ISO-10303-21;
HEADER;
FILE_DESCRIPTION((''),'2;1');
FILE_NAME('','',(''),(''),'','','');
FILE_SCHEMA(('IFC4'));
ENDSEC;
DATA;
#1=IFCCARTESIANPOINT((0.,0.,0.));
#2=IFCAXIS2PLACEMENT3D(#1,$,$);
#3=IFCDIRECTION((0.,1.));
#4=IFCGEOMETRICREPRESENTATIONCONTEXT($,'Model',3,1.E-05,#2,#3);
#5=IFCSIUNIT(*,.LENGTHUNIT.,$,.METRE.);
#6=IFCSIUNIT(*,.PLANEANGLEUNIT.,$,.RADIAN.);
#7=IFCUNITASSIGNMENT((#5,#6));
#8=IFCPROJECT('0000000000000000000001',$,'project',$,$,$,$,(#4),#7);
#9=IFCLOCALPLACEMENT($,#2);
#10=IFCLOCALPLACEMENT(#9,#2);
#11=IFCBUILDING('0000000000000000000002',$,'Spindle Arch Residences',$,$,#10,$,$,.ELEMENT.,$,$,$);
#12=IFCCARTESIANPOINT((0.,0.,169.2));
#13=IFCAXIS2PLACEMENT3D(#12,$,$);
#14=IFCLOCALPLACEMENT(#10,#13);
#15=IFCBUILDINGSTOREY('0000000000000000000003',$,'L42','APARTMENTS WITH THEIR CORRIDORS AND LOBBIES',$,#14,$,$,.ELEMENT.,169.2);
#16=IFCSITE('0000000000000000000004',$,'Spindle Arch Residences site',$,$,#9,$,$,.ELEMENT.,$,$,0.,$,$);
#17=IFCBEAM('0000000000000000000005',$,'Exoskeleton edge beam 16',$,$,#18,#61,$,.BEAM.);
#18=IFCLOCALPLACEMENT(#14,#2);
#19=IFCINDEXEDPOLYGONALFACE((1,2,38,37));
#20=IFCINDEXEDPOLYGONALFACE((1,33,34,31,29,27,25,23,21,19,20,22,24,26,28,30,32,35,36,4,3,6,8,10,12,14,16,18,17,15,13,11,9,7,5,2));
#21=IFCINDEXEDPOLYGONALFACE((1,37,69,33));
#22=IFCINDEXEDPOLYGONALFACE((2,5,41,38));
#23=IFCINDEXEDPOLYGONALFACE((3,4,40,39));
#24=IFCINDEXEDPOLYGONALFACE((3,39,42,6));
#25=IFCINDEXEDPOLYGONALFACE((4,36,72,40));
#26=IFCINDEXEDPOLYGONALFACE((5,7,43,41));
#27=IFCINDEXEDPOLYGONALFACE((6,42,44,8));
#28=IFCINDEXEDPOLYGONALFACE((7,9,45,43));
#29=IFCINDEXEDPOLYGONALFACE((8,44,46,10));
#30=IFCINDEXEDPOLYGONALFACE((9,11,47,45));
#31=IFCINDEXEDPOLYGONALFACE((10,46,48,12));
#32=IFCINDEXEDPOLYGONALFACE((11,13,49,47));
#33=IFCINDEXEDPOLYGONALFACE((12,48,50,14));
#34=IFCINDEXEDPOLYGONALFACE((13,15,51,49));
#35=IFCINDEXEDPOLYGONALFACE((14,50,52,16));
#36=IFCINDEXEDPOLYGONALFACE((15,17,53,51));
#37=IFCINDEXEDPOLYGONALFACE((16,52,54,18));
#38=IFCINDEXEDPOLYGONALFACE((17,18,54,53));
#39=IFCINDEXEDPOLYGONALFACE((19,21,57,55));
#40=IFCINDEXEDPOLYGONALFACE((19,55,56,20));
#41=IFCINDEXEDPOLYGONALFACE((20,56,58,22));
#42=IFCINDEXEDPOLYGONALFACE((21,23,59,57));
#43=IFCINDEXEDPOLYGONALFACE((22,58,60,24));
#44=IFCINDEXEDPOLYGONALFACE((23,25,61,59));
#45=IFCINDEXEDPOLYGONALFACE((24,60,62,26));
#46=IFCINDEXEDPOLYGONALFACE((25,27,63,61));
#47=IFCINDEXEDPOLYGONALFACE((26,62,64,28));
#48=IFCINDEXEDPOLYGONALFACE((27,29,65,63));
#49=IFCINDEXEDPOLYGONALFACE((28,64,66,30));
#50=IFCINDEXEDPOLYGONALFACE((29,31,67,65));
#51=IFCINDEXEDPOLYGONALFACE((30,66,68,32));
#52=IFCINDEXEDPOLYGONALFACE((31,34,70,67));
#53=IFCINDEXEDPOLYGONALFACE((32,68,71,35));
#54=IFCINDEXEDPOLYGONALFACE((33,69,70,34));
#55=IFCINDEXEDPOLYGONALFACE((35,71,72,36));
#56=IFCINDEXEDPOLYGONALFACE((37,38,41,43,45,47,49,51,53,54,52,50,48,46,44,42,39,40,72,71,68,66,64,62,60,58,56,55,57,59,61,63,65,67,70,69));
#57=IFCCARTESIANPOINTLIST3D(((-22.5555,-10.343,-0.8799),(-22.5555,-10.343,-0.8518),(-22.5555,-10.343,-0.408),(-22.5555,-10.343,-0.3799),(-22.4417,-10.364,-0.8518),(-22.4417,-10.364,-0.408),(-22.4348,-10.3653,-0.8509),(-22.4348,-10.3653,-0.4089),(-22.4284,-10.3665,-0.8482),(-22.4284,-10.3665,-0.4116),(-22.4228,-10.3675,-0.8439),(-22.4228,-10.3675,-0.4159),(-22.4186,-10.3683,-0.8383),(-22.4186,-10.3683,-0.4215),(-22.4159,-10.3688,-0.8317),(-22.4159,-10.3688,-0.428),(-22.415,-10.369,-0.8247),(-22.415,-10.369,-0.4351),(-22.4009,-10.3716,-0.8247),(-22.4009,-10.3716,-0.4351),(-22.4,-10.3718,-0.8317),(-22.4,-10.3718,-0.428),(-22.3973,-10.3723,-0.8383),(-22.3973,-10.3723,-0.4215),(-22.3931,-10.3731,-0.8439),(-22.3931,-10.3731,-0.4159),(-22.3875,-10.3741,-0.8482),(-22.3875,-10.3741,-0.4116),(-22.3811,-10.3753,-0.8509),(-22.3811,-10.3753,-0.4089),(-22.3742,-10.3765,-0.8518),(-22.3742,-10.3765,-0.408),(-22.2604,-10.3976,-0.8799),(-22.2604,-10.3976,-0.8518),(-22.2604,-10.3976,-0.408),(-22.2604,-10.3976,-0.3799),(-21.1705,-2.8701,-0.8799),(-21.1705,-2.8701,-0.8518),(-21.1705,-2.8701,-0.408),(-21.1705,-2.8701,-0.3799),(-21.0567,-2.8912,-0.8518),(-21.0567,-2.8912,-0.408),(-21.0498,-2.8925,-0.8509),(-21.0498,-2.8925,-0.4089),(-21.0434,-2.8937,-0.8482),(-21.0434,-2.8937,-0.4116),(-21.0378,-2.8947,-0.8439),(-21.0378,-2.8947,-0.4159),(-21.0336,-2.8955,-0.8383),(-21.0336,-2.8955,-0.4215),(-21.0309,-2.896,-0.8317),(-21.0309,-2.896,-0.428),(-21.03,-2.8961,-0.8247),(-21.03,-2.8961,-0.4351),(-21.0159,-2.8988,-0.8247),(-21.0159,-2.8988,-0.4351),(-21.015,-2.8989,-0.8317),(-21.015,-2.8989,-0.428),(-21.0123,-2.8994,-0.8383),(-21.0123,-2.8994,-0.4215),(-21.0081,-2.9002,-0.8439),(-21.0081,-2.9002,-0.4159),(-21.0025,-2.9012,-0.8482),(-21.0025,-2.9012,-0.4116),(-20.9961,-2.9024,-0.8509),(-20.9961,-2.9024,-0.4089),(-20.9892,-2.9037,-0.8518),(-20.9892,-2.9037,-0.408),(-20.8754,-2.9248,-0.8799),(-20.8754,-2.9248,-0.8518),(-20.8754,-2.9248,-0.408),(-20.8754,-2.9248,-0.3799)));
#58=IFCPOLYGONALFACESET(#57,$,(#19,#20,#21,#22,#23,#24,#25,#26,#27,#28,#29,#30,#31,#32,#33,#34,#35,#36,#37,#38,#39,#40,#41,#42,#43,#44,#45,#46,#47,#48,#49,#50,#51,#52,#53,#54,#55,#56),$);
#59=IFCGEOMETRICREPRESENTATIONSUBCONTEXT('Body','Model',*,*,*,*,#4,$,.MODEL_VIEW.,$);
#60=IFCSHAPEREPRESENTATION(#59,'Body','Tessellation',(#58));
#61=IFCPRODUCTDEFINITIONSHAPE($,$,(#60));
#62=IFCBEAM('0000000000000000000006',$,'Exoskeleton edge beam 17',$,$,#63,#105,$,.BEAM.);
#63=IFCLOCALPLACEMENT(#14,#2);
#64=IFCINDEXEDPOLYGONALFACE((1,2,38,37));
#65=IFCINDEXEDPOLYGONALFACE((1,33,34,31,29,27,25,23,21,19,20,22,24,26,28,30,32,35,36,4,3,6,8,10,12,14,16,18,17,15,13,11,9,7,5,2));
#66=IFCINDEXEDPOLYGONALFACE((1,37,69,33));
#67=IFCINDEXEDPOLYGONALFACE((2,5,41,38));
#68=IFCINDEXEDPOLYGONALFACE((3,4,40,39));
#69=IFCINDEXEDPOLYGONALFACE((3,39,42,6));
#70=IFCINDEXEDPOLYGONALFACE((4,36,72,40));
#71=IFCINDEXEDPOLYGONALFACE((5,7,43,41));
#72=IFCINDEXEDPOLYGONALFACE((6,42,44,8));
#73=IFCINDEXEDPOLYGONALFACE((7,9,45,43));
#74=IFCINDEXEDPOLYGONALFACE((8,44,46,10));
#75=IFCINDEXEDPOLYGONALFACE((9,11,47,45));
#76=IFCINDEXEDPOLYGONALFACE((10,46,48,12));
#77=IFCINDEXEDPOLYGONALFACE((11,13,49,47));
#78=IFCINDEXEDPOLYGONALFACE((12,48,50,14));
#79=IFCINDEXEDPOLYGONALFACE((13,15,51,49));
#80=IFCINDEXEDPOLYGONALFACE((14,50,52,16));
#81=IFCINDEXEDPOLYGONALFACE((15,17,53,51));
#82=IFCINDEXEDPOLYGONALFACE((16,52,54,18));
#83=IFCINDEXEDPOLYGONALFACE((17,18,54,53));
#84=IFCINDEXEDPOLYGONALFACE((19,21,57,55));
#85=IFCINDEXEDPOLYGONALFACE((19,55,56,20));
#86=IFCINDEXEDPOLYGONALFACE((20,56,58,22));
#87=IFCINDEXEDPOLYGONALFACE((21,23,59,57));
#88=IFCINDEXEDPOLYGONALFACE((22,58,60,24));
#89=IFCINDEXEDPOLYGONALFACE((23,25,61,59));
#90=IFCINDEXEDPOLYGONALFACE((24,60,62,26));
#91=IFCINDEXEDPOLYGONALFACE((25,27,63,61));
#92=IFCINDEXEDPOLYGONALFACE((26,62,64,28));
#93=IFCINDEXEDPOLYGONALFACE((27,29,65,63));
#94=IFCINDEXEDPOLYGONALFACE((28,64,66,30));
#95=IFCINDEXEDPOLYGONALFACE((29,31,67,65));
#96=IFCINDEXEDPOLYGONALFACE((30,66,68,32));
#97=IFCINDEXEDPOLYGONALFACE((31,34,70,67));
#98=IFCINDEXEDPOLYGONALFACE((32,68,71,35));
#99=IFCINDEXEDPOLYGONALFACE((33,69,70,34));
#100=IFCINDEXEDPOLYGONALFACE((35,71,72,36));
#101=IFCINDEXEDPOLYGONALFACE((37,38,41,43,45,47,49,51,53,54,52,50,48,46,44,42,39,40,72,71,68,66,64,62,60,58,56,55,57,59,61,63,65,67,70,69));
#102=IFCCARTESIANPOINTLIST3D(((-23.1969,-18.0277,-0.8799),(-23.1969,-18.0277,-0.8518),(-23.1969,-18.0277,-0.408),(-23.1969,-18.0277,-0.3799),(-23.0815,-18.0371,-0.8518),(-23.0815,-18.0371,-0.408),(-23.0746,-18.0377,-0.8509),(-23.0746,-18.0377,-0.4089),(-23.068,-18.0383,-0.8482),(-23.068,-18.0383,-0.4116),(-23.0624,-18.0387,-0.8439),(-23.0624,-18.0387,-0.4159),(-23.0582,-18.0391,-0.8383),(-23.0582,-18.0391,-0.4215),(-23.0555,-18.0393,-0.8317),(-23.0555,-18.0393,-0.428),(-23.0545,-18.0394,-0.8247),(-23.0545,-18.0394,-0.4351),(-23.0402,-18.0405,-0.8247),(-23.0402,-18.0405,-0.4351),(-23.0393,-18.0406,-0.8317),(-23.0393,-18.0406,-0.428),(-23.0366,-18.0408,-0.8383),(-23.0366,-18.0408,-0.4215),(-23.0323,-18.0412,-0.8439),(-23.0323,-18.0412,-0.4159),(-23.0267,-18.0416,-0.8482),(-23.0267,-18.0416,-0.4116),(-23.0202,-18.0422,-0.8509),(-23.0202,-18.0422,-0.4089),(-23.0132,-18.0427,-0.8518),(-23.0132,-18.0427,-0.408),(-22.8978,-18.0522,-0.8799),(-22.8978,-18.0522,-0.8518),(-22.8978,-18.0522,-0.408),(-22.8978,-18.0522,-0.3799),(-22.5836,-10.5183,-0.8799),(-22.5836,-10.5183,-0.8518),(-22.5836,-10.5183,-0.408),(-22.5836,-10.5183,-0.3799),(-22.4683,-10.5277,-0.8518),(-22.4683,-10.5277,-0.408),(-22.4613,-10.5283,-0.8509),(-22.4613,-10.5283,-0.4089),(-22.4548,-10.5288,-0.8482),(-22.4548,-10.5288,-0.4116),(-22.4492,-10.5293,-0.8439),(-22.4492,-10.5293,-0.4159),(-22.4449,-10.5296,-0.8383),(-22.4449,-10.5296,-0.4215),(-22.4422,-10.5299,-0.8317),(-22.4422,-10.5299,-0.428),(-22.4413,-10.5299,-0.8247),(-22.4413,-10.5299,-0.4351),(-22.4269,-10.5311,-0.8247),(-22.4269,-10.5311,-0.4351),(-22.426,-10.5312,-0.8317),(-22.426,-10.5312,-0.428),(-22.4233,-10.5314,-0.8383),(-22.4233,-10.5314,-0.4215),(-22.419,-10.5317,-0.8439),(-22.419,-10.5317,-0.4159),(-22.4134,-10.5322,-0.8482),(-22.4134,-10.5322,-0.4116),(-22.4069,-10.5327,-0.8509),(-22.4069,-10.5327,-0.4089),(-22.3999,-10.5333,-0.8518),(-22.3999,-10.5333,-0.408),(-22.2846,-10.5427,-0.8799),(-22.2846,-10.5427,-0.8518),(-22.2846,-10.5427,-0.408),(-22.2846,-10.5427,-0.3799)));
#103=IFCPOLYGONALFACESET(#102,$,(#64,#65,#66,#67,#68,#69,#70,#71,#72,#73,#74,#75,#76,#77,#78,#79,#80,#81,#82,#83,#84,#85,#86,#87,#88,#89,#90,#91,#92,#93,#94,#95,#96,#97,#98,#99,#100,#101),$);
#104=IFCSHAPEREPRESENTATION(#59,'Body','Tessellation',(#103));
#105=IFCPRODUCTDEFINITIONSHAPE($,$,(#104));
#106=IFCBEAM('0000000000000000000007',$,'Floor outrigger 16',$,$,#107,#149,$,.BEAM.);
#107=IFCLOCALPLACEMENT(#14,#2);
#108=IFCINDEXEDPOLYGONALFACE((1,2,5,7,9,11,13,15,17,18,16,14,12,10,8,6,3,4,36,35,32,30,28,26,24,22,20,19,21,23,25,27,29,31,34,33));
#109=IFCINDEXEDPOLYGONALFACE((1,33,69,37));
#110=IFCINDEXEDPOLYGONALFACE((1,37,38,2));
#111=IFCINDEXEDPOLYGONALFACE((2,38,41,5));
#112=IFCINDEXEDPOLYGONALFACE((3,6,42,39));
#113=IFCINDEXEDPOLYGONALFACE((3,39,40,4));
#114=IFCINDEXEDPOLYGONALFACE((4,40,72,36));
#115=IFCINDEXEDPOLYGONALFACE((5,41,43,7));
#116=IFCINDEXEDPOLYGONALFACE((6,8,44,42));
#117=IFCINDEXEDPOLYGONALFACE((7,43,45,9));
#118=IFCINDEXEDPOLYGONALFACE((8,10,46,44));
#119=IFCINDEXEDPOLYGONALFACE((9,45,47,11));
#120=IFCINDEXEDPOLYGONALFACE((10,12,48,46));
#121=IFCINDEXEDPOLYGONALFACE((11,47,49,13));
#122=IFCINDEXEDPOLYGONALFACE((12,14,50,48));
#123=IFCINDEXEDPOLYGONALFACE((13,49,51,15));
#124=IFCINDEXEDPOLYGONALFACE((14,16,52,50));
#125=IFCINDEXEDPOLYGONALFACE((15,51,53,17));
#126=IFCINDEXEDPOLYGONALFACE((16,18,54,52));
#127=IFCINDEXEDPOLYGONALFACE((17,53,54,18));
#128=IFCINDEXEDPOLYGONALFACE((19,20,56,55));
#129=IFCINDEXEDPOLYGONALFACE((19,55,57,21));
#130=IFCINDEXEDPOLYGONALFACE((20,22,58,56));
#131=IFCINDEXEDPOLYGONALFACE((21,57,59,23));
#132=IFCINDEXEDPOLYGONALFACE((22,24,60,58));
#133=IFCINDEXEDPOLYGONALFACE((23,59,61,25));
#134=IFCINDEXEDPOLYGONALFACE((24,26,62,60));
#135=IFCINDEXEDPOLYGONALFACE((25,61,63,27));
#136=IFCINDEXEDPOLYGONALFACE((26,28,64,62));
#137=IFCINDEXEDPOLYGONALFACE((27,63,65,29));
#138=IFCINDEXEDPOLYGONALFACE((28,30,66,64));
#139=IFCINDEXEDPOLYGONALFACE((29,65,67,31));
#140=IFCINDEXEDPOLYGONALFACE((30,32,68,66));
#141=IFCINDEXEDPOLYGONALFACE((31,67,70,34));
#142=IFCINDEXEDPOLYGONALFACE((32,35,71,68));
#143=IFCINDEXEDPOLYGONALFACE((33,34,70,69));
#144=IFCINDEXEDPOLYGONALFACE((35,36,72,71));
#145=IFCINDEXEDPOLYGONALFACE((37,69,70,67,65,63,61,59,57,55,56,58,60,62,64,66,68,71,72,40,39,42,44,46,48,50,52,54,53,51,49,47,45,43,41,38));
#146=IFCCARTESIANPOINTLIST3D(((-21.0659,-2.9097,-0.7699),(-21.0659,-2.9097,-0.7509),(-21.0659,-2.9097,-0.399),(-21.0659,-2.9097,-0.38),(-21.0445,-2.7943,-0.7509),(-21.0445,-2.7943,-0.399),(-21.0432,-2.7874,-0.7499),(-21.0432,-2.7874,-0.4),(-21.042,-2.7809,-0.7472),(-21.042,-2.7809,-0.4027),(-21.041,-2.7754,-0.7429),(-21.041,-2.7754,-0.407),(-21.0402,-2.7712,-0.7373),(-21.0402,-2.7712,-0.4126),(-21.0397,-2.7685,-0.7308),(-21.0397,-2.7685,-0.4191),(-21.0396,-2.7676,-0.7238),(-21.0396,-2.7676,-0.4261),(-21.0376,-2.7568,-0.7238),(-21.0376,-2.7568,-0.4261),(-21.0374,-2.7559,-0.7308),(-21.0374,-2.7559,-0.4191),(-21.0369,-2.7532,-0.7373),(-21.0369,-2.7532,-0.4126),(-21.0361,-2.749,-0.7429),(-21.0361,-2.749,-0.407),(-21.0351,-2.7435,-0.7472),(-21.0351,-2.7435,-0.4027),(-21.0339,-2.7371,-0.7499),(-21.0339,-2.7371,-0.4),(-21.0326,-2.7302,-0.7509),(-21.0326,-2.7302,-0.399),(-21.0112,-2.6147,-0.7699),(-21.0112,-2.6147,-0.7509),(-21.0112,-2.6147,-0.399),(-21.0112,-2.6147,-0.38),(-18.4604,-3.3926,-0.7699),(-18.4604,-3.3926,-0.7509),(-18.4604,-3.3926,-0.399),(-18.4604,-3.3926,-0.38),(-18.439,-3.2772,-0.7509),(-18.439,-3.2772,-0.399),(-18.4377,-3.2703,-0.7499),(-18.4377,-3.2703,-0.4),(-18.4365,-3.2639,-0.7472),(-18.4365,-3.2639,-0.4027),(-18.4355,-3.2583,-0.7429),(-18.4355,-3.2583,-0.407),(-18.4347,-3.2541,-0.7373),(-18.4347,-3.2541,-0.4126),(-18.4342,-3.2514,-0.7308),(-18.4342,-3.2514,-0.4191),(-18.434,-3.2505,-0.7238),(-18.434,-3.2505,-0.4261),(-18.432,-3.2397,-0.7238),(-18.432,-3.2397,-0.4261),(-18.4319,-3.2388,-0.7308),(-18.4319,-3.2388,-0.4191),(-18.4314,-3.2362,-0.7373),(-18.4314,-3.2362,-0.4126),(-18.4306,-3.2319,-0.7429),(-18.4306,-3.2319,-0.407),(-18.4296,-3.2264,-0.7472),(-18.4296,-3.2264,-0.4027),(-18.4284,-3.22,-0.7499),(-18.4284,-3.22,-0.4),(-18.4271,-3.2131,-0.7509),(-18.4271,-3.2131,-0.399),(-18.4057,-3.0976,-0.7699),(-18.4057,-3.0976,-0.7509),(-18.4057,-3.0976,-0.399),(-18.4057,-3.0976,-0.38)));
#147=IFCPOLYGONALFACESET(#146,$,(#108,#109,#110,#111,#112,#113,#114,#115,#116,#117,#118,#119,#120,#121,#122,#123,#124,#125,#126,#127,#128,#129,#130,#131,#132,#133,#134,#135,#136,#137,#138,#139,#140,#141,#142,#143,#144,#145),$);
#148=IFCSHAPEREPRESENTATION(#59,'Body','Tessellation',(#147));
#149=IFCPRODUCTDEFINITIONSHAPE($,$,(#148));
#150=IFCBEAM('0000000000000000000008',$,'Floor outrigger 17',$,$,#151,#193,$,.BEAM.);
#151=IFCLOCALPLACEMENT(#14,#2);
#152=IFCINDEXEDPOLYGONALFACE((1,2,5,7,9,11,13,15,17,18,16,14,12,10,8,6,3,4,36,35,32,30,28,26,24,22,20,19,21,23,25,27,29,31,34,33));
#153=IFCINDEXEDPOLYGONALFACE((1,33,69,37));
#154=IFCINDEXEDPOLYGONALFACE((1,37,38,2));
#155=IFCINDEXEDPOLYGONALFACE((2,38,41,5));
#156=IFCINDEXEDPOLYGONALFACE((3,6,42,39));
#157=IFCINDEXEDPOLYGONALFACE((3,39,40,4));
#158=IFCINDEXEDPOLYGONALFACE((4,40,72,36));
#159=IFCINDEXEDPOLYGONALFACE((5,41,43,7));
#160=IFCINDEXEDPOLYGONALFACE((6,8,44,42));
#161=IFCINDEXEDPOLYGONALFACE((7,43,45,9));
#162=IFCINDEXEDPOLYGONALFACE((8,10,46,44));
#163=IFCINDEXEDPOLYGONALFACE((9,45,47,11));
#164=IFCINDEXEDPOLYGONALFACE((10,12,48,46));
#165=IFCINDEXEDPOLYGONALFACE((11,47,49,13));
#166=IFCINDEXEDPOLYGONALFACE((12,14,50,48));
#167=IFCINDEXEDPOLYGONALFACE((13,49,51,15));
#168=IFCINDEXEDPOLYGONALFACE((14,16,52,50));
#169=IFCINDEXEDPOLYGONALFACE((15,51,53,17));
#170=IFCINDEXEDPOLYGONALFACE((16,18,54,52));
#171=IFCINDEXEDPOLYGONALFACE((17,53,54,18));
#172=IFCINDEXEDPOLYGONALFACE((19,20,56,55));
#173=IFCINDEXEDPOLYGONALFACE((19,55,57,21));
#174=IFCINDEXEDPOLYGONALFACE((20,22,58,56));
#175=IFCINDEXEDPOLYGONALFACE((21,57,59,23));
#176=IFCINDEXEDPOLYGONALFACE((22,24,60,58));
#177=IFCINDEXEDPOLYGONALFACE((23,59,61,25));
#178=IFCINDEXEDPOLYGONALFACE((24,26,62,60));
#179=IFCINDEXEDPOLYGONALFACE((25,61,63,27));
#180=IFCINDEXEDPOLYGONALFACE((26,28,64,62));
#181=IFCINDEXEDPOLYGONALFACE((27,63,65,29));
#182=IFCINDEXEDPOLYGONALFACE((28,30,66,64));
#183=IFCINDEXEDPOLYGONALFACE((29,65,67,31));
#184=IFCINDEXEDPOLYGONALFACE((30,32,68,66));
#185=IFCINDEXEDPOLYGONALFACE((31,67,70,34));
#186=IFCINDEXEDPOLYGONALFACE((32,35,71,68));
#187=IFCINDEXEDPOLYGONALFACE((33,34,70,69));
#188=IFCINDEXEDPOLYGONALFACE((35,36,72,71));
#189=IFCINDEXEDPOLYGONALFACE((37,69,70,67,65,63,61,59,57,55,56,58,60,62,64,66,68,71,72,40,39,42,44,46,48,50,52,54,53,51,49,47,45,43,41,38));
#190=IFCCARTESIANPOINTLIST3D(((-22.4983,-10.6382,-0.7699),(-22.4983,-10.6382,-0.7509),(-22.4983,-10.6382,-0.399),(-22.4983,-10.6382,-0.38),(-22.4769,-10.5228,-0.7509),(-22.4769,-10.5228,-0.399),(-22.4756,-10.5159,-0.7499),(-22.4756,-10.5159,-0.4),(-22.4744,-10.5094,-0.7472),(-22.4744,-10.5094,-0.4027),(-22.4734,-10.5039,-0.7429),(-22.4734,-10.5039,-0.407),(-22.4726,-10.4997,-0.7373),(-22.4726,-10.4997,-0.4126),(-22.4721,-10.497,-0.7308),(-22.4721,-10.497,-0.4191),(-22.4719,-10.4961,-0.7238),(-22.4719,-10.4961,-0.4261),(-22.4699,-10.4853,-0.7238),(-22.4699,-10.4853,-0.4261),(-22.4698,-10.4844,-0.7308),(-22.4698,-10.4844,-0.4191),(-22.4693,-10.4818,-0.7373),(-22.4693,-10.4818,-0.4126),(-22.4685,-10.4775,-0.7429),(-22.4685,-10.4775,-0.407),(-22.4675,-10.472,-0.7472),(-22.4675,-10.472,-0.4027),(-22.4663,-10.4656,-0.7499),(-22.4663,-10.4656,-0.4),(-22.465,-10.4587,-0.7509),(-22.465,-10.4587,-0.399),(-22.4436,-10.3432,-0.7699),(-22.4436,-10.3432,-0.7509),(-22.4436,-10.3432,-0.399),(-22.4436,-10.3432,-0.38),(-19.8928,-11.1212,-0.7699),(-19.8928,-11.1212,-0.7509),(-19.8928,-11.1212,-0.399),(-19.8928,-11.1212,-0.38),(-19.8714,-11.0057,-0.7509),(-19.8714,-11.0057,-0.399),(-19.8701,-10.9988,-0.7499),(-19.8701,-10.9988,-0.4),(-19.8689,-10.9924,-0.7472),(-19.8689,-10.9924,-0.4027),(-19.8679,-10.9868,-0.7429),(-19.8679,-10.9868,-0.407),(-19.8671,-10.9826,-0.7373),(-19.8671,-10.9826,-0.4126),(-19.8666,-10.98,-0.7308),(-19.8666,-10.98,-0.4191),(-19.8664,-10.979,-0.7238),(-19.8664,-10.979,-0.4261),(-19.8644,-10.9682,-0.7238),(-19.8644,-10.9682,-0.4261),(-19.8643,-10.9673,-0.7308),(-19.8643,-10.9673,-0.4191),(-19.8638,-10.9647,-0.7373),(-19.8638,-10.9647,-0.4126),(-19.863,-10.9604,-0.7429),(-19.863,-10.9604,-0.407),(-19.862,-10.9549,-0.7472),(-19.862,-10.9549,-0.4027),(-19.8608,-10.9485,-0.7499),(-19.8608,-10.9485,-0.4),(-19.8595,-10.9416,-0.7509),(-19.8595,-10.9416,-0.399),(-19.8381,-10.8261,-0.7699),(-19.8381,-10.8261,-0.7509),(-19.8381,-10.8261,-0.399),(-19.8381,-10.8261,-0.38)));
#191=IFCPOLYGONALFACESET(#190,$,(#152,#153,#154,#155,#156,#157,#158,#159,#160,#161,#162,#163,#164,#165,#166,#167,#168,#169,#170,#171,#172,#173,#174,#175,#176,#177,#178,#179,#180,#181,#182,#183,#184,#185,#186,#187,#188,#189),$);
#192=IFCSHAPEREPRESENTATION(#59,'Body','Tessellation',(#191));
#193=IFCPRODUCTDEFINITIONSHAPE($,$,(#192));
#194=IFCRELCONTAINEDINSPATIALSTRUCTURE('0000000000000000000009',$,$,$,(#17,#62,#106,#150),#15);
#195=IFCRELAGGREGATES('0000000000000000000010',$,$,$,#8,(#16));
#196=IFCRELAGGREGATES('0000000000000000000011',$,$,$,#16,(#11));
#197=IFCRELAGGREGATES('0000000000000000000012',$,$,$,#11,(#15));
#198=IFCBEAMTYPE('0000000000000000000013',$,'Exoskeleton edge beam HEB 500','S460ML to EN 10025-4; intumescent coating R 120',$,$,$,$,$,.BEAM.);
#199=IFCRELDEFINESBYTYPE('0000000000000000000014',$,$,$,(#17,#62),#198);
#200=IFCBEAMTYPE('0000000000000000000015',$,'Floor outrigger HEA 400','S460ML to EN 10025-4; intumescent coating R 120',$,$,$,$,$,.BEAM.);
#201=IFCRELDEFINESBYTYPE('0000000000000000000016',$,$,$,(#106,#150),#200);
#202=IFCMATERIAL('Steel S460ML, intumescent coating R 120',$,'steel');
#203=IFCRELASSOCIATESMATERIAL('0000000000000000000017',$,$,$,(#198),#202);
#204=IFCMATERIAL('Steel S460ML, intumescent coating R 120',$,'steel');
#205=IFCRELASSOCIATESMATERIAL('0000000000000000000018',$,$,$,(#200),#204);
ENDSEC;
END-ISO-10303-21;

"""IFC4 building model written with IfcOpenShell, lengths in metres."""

from ifc_helpers import new_model, si_unit, direction, frame, origin, origin_2d, place, context, subcontext, project, spatial, i_section, extrude, material, material_profile, profile_set, type_object, element, save


model = new_model("IFC4")

# Units and contexts
model_context = context("Model", 3, precision=1e-05, world=origin(), true_north=direction((0.0, 1.0)))
body_context = subcontext(model_context, "Body", "Model", "MODEL_VIEW")
ifc_project = project(units=[si_unit("LENGTHUNIT", "METRE"), si_unit("PLANEANGLEUNIT", "RADIAN")], contexts=[model_context])

# Site, building, storey
site_placement = place(None, origin())
site = spatial("IfcSite", under=ifc_project, at=site_placement, Name="Spindle Arch Residences site", CompositionType="ELEMENT", RefElevation=0.0)
building_placement = place(site_placement, origin())
building = spatial("IfcBuilding", under=site, at=building_placement, Name="Spindle Arch Residences", CompositionType="ELEMENT")
storey_placement = place(building_placement, frame((0.0, 0.0, 169.2)))
storey = spatial("IfcBuildingStorey", under=building, at=storey_placement, Name="L42", Description="APARTMENTS WITH THEIR CORRIDORS AND LOBBIES", CompositionType="ELEMENT", Elevation=169.2)

# Beams
ifc_material_1 = material(Name="Steel S460ML, intumescent coating R 120", Category="steel")
ifc_material_profile_1 = material_profile(ifc_material_1, i_section(OverallWidth=0.3, OverallDepth=0.5, WebThickness=0.0144, FlangeThickness=0.0281, FilletRadius=0.0271, at=origin_2d()), Name="HEB 500")
ifc_profile_set_1 = profile_set([ifc_material_profile_1], Name="Steel S460ML, intumescent coating R 120")
beam_type_1 = type_object("IfcBeamType", Name="Exoskeleton edge beam HEB 500", Description="S460ML to EN 10025-4; intumescent coating R 120", PredefinedType="BEAM", material=ifc_profile_set_1)
beam_1_placement = place(storey_placement, frame((-21.0229, -2.8975, -0.6299), z_axis=(-0.182234, -0.983255, 0.0), x_axis=(0.983255, -0.182234, 0.0)))
element("IfcBeam", 1, at=beam_1_placement, inside=storey, type_object=beam_type_1, Name="Exoskeleton edge beam 16", PredefinedType="BEAM", context=body_context, shape_type="SweptSolid", body=[
    extrude(i_section(OverallWidth=0.3, OverallDepth=0.5, WebThickness=0.0144, FlangeThickness=0.0281, FilletRadius=0.0271, at=origin_2d()), origin(), (0.0, 0.0, 1.0), 7.6001),
])
beam_2_placement = place(storey_placement, frame((-22.4341, -10.5305, -0.6299), z_axis=(-0.081396, -0.996682, 0.0), x_axis=(0.996682, -0.081396, 0.0)))
element("IfcBeam", 2, at=beam_2_placement, inside=storey, type_object=beam_type_1, Name="Exoskeleton edge beam 17", PredefinedType="BEAM", context=body_context, shape_type="SweptSolid", body=[
    extrude(i_section(OverallWidth=0.3, OverallDepth=0.5, WebThickness=0.0144, FlangeThickness=0.0281, FilletRadius=0.0271, at=origin_2d()), origin(), (0.0, 0.0, 1.0), 7.5344),
])
ifc_material_2 = material(Name="Steel S460ML, intumescent coating R 120", Category="steel")
ifc_material_profile_2 = material_profile(ifc_material_2, i_section(OverallWidth=0.3, OverallDepth=0.3899, WebThickness=0.011, FlangeThickness=0.019, FilletRadius=0.0271, at=origin_2d()), Name="HEA 400")
ifc_profile_set_2 = profile_set([ifc_material_profile_2], Name="Steel S460ML, intumescent coating R 120")
beam_type_2 = type_object("IfcBeamType", Name="Floor outrigger HEA 400", Description="S460ML to EN 10025-4; intumescent coating R 120", PredefinedType="BEAM", material=ifc_profile_set_2)
for number, where, z_axis, x_axis, name in (
    (3, (-21.0386, -2.7622, -0.575), (0.983254, -0.182241, 0.0), (0.182241, 0.983254, 0.0), "Floor outrigger 16"),
    (4, (-22.4709, -10.4907, -0.575), (0.983254, -0.182241, 0.0), (0.182241, 0.983254, 0.0), "Floor outrigger 17"),
):
    element("IfcBeam", number, at=place(storey_placement, frame(where, z_axis=z_axis, x_axis=x_axis)), inside=storey, type_object=beam_type_2, Name=name, PredefinedType="BEAM", context=body_context, shape_type="SweptSolid", body=[
        extrude(i_section(OverallWidth=0.3, OverallDepth=0.3899, WebThickness=0.011, FlangeThickness=0.019, FilletRadius=0.0271, at=origin_2d()), origin(), (0.0, 0.0, 1.0), 2.6499),
    ])

save(model, "model.ifc")
